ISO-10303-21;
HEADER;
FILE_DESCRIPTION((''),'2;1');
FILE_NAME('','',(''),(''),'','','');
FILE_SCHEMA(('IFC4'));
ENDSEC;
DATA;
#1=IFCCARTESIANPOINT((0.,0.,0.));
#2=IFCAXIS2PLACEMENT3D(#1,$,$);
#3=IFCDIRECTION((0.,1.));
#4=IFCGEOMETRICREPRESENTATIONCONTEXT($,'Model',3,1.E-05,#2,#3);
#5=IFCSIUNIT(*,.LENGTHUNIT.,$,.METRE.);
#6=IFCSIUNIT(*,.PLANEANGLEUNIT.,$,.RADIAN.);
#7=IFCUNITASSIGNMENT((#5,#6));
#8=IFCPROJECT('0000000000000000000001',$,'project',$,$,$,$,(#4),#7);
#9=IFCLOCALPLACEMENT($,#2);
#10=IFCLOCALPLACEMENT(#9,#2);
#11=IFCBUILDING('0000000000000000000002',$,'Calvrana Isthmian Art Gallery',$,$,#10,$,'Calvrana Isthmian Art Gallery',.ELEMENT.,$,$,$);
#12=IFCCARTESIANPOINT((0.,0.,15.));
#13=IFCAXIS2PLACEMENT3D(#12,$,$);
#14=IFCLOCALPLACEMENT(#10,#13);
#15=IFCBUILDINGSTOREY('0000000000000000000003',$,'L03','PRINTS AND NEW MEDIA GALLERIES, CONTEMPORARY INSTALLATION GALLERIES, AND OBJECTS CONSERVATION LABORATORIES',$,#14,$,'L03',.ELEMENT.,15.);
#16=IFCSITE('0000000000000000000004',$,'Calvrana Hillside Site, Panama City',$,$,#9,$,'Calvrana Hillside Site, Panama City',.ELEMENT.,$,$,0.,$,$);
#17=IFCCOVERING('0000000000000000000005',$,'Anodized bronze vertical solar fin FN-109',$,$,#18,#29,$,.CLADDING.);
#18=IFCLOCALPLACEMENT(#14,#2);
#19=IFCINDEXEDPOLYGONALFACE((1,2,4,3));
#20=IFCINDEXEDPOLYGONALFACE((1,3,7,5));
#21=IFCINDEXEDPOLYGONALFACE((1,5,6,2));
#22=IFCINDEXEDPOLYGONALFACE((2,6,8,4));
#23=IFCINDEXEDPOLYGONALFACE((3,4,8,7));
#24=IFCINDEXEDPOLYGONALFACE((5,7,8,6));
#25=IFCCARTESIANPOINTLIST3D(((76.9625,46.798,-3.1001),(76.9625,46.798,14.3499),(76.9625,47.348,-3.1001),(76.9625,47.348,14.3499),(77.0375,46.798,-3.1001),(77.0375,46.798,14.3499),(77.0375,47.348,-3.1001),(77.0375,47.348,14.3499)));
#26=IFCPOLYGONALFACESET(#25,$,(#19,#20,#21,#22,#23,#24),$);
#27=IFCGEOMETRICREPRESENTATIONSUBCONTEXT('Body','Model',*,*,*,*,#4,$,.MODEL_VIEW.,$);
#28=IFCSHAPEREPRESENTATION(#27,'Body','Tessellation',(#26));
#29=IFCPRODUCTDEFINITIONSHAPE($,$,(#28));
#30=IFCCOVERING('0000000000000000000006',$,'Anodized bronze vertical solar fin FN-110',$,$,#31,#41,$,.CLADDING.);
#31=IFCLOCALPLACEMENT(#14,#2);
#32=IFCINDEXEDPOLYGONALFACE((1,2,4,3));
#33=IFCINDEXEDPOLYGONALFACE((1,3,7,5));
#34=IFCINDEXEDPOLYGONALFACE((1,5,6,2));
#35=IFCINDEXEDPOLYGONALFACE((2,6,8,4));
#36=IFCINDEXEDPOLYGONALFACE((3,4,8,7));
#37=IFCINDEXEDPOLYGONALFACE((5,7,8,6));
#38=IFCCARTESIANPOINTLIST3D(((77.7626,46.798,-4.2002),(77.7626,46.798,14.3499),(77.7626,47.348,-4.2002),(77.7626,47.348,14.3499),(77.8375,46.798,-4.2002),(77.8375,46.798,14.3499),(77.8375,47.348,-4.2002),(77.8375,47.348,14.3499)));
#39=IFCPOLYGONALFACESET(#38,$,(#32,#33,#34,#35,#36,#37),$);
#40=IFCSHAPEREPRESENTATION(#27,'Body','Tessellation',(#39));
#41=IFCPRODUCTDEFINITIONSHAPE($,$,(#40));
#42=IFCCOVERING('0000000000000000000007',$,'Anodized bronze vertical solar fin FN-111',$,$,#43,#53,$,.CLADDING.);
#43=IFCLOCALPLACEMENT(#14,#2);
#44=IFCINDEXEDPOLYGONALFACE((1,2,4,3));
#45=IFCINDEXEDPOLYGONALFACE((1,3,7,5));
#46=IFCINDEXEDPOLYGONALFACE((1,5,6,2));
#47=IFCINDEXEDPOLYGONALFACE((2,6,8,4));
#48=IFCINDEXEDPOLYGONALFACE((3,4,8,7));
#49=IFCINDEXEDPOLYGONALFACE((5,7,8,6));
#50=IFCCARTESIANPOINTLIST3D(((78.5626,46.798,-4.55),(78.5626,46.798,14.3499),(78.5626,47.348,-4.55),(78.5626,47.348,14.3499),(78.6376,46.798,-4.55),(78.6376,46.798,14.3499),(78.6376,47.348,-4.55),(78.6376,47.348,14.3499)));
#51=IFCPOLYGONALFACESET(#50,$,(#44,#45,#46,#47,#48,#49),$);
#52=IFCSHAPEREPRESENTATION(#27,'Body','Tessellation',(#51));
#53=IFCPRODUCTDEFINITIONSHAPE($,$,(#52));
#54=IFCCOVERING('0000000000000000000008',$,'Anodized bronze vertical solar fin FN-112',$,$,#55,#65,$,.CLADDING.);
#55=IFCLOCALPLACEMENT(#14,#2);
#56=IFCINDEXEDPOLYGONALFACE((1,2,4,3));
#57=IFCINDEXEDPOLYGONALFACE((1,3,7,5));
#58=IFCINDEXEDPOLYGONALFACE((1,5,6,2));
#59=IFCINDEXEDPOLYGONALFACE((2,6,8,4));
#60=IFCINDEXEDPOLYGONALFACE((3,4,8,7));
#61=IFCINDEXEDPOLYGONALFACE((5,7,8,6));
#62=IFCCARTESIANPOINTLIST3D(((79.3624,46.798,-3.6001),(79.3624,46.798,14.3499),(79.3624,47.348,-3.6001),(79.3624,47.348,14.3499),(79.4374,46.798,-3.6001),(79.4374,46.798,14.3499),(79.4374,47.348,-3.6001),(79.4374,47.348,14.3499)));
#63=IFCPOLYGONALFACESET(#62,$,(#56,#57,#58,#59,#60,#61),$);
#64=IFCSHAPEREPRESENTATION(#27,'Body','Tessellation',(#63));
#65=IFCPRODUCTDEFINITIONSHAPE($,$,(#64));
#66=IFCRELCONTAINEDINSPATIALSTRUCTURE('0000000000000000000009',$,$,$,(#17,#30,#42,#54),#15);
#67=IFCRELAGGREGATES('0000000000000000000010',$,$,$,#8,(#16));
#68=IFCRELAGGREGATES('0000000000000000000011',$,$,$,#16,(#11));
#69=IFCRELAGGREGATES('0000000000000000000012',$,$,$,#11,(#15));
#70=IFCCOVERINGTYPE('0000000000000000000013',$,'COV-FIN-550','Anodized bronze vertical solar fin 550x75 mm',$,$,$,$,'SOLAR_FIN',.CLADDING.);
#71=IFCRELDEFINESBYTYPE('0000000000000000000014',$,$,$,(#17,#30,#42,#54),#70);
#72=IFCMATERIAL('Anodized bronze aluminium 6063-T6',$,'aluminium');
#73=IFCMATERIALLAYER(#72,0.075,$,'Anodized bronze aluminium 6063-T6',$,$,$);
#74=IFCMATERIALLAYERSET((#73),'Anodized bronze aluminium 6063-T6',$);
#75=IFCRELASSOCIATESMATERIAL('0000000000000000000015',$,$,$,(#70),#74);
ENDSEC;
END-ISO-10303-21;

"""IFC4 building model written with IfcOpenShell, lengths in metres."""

from ifc_helpers import new_model, si_unit, direction, frame, origin, origin_2d, place, context, subcontext, project, spatial, rectangle, extrude, material, layer, layer_set, type_object, element, save


model = new_model("IFC4")

# Units and contexts
model_context = context("Model", 3, precision=1e-05, world=origin(), true_north=direction((0.0, 1.0)))
body_context = subcontext(model_context, "Body", "Model", "MODEL_VIEW")
ifc_project = project(units=[si_unit("LENGTHUNIT", "METRE"), si_unit("PLANEANGLEUNIT", "RADIAN")], contexts=[model_context])

# Site, building, storey
site_placement = place(None, origin())
site = spatial("IfcSite", under=ifc_project, at=site_placement, Name="Calvrana Hillside Site, Panama City", LongName="Calvrana Hillside Site, Panama City", CompositionType="ELEMENT", RefElevation=0.0)
building_placement = place(site_placement, origin())
building = spatial("IfcBuilding", under=site, at=building_placement, Name="Calvrana Isthmian Art Gallery", LongName="Calvrana Isthmian Art Gallery", CompositionType="ELEMENT")
storey_placement = place(building_placement, frame((0.0, 0.0, 15.0)))
storey = spatial("IfcBuildingStorey", under=building, at=storey_placement, Name="L03", Description="PRINTS AND NEW MEDIA GALLERIES, CONTEMPORARY INSTALLATION GALLERIES, AND OBJECTS CONSERVATION LABORATORIES", LongName="L03", CompositionType="ELEMENT", Elevation=15.0)

# Coverings
ifc_material_1 = material(Name="Anodized bronze aluminium 6063-T6", Category="aluminium")
ifc_layer_1 = layer(ifc_material_1, 0.075, Name="Anodized bronze aluminium 6063-T6")
ifc_layer_set_1 = layer_set([ifc_layer_1], Name="Anodized bronze aluminium 6063-T6")
covering_type = type_object("IfcCoveringType", Name="COV-FIN-550", Description="Anodized bronze vertical solar fin 550x75 mm", ElementType="SOLAR_FIN", PredefinedType="CLADDING", material=ifc_layer_set_1)
covering_1_placement = place(storey_placement, frame((77.0, 47.073, -3.1001), z_axis=(0.0, 0.0, 1.0), x_axis=(1.0, 0.0, 0.0)))
element("IfcCovering", 1, at=covering_1_placement, inside=storey, type_object=covering_type, Name="Anodized bronze vertical solar fin FN-109", PredefinedType="CLADDING", context=body_context, shape_type="SweptSolid", body=[
    extrude(rectangle(XDim=0.075, YDim=0.55, at=origin_2d()), origin(), (0.0, 0.0, 1.0), 17.45),
])
covering_2_placement = place(storey_placement, frame((77.8, 47.073, -4.2002), z_axis=(0.0, 0.0, 1.0), x_axis=(1.0, 0.0, 0.0)))
element("IfcCovering", 2, at=covering_2_placement, inside=storey, type_object=covering_type, Name="Anodized bronze vertical solar fin FN-110", PredefinedType="CLADDING", context=body_context, shape_type="SweptSolid", body=[
    extrude(rectangle(XDim=0.075, YDim=0.55, at=origin_2d()), origin(), (0.0, 0.0, 1.0), 18.55),
])
covering_3_placement = place(storey_placement, frame((78.6001, 47.073, -4.55), z_axis=(0.0, 0.0, 1.0), x_axis=(1.0, 0.0, 0.0)))
element("IfcCovering", 3, at=covering_3_placement, inside=storey, type_object=covering_type, Name="Anodized bronze vertical solar fin FN-111", PredefinedType="CLADDING", context=body_context, shape_type="SweptSolid", body=[
    extrude(rectangle(XDim=0.075, YDim=0.55, at=origin_2d()), origin(), (0.0, 0.0, 1.0), 18.8999),
])
covering_4_placement = place(storey_placement, frame((79.3999, 47.073, -3.6001), z_axis=(0.0, 0.0, 1.0), x_axis=(1.0, 0.0, 0.0)))
element("IfcCovering", 4, at=covering_4_placement, inside=storey, type_object=covering_type, Name="Anodized bronze vertical solar fin FN-112", PredefinedType="CLADDING", context=body_context, shape_type="SweptSolid", body=[
    extrude(rectangle(XDim=0.075, YDim=0.55, at=origin_2d()), origin(), (0.0, 0.0, 1.0), 17.95),
])

save(model, "model.ifc")
